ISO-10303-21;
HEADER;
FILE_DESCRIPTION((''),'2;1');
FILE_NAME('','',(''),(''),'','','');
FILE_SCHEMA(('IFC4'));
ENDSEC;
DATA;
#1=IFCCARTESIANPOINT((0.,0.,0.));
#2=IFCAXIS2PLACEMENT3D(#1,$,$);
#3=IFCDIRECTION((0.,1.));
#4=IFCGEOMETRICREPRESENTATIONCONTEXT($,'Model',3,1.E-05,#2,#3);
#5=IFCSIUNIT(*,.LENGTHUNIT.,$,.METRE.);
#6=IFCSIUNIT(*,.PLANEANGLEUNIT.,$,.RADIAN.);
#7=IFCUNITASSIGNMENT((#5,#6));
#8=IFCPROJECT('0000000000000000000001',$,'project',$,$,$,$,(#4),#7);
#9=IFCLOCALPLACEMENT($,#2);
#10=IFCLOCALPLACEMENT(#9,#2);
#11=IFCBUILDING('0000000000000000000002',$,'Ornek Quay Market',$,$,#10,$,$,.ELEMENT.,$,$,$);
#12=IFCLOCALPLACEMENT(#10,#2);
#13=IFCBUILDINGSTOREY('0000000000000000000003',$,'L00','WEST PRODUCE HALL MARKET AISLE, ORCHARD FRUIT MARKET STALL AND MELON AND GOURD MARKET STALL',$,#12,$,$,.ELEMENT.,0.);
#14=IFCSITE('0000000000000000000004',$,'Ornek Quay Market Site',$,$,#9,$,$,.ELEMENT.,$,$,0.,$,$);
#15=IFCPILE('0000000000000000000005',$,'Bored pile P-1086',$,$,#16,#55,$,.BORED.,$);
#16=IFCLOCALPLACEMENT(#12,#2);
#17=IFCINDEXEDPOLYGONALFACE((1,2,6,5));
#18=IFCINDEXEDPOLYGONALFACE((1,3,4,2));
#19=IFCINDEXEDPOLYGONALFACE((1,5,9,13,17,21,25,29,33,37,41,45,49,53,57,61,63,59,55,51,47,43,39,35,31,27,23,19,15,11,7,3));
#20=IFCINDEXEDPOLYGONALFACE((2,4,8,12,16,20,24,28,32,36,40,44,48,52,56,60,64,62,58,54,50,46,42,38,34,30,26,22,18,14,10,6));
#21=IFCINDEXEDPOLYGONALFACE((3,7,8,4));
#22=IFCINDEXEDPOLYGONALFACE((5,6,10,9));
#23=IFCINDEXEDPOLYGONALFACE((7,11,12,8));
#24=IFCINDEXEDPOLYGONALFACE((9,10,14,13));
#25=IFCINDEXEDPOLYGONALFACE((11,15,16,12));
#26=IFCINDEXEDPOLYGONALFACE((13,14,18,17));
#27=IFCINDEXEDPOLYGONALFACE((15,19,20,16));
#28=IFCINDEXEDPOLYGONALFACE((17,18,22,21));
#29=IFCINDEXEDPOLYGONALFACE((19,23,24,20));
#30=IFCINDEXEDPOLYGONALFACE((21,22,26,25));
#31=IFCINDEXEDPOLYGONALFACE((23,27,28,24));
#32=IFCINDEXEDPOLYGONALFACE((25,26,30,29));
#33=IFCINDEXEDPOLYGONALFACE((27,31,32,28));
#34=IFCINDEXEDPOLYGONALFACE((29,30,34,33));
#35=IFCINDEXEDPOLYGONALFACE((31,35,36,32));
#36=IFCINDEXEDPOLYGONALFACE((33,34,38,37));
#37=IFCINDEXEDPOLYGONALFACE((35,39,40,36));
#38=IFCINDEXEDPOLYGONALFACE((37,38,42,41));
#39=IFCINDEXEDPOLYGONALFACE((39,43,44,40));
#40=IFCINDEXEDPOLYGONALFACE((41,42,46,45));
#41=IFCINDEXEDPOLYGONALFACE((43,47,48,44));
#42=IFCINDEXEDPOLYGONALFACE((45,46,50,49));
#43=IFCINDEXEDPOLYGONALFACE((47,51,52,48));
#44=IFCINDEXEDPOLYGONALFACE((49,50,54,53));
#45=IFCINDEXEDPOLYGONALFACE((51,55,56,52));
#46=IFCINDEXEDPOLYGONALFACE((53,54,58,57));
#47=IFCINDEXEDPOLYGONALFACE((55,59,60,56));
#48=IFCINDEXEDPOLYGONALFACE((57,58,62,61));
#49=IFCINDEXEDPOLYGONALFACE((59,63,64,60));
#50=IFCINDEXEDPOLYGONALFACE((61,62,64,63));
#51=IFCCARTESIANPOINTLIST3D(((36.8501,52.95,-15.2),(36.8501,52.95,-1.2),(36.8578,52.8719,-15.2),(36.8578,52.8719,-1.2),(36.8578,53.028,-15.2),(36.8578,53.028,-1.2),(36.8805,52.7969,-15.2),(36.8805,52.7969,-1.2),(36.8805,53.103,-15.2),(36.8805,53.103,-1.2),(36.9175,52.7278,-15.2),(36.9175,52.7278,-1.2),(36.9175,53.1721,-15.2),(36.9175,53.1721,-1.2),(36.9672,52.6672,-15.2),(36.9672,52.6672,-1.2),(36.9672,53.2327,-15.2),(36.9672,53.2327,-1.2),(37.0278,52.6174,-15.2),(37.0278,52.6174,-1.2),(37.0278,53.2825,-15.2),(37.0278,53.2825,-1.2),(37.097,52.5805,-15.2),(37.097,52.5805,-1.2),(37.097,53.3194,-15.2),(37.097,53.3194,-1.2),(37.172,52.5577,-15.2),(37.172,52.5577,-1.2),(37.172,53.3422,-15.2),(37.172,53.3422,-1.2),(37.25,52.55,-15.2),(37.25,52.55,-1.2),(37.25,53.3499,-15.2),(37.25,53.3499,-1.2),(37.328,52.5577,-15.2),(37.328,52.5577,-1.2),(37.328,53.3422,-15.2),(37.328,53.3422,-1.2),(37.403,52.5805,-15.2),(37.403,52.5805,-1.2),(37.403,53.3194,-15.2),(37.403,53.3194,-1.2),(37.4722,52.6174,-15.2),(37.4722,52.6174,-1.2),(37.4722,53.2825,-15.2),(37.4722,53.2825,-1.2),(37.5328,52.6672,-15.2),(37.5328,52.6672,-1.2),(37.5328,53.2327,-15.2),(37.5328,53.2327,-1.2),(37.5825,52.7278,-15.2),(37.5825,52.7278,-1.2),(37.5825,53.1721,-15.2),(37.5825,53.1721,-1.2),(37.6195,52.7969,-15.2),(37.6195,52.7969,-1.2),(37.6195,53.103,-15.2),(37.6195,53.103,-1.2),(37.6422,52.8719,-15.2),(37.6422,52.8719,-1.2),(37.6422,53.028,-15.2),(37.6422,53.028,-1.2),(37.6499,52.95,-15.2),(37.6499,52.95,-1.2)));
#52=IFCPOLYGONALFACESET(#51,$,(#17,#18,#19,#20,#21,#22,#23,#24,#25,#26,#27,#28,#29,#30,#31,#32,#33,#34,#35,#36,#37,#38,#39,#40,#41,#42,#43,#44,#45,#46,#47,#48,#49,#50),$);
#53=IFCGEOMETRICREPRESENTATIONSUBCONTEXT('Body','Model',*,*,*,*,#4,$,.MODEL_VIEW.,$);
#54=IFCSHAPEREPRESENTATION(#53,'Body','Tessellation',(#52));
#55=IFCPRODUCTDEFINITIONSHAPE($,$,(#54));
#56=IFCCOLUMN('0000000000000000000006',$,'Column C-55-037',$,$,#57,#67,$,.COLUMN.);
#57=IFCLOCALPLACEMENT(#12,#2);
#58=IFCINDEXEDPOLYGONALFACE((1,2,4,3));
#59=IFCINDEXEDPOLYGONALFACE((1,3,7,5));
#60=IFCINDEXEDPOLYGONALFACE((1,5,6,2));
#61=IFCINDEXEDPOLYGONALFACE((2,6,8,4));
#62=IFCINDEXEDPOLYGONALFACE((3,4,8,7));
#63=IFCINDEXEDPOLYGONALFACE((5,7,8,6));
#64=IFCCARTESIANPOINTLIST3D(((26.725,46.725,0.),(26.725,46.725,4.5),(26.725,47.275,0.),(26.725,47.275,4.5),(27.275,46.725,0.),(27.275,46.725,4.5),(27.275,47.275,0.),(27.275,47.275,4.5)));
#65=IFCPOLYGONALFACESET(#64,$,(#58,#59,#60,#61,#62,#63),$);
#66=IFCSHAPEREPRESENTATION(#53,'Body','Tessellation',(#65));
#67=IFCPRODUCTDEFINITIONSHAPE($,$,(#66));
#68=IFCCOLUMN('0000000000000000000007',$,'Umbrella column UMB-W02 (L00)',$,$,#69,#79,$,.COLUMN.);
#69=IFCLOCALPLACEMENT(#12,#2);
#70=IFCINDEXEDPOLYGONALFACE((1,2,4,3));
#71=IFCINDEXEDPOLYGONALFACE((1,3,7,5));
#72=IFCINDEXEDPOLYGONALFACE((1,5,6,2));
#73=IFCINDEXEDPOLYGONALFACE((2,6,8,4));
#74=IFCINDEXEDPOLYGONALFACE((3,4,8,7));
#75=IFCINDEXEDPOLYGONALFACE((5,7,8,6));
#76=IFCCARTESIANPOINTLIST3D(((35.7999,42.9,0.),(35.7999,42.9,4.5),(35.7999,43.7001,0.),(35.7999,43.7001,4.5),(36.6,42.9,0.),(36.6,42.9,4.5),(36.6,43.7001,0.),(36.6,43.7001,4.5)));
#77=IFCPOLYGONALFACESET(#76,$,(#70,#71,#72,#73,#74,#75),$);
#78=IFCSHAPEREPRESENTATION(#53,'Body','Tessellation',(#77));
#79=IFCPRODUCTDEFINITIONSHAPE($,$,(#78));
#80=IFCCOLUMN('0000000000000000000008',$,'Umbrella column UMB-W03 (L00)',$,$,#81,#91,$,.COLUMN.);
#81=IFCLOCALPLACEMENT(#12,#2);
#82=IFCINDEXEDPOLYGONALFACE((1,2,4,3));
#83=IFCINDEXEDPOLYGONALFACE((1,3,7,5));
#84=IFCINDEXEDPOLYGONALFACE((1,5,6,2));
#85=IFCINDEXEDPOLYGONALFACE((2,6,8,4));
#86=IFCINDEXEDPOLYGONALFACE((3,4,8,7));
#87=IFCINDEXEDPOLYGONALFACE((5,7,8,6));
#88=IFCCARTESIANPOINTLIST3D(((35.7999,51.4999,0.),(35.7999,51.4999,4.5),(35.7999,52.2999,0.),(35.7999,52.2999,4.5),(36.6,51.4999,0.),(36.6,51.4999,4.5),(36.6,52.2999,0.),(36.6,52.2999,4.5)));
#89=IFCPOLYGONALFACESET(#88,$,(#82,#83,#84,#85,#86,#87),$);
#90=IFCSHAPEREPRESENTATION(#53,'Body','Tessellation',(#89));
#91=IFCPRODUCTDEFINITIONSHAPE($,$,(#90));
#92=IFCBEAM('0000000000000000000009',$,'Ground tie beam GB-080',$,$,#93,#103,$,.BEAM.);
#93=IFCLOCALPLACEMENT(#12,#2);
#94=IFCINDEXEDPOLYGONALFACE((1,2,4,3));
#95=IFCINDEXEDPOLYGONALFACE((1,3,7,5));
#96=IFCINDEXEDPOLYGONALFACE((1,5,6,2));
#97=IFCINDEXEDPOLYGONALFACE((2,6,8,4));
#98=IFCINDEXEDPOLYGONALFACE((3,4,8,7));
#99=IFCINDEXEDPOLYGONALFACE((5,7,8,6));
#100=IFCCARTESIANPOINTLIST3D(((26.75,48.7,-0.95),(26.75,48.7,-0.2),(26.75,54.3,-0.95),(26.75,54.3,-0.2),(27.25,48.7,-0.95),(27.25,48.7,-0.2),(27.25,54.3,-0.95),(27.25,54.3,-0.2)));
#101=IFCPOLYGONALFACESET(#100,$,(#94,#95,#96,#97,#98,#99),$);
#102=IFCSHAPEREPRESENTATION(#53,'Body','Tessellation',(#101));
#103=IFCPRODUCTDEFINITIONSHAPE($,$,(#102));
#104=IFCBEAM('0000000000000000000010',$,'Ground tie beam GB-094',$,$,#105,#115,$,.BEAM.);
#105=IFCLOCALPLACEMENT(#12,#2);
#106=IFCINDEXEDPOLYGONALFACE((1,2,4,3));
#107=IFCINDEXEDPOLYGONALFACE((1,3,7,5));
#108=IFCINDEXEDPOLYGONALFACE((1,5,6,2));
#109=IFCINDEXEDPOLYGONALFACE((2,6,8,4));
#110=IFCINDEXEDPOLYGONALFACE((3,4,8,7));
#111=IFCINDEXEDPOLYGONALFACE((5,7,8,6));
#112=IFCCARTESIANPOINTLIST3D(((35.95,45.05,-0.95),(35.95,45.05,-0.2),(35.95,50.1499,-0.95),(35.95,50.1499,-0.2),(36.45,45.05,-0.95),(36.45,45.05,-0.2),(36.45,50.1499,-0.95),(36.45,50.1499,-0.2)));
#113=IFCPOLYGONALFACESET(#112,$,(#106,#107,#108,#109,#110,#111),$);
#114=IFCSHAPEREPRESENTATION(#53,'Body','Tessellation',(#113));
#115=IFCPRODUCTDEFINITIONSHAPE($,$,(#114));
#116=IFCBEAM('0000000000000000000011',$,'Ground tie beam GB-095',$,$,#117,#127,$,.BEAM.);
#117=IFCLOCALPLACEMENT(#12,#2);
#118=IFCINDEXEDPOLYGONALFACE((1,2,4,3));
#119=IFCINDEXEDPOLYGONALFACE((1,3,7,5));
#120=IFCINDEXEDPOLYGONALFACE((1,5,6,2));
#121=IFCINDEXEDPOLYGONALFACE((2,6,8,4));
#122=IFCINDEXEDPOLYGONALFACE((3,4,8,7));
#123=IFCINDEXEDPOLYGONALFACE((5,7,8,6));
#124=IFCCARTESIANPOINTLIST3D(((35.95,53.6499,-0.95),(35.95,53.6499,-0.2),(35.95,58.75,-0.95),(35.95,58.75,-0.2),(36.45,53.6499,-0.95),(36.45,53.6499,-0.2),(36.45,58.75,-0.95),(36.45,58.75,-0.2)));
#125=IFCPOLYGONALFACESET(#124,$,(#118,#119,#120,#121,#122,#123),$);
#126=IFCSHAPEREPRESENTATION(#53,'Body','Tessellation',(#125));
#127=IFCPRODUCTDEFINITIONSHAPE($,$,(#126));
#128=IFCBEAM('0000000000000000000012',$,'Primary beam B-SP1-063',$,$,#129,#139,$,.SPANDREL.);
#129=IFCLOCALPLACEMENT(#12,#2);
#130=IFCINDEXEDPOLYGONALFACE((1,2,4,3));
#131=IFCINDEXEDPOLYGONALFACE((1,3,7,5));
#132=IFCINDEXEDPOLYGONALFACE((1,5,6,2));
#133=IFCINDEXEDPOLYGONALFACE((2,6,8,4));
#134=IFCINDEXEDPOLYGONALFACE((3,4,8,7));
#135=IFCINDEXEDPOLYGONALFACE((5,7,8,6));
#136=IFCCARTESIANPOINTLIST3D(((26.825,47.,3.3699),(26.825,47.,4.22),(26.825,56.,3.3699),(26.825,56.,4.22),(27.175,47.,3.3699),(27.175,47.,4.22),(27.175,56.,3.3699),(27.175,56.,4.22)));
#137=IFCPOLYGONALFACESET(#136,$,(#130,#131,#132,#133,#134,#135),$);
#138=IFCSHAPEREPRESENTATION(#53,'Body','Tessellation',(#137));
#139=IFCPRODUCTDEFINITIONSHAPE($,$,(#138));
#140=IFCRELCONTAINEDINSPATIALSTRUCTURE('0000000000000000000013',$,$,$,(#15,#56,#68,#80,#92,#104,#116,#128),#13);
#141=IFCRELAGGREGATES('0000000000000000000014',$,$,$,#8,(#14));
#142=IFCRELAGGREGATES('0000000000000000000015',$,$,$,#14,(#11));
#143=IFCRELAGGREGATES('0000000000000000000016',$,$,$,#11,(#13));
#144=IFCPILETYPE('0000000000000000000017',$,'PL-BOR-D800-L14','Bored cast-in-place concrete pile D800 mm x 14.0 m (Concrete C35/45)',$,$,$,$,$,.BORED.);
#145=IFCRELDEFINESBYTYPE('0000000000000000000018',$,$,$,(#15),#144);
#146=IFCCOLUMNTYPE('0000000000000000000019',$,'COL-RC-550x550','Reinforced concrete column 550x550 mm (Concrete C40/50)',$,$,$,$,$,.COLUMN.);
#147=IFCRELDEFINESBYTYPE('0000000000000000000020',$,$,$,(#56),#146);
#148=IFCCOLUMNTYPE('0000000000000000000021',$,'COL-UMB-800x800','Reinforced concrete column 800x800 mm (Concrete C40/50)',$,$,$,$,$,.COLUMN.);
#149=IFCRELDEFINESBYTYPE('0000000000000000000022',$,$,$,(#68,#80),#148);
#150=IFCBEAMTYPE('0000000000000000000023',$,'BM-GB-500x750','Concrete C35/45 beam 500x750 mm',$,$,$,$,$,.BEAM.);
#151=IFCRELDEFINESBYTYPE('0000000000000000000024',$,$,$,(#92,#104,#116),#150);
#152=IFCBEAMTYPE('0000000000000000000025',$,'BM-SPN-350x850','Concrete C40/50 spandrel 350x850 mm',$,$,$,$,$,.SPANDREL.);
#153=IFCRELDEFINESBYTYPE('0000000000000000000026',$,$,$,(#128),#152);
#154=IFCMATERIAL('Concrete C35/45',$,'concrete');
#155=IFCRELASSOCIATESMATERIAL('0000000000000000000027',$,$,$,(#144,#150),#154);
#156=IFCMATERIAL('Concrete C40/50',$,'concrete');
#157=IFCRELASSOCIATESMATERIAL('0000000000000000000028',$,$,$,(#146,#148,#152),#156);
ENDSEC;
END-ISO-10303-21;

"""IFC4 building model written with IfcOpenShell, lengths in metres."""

from ifc_helpers import new_model, si_unit, direction, frame, origin, origin_2d, place, context, subcontext, project, spatial, rectangle, circle, extrude, material, material_profile, profile_set, type_object, element, save


model = new_model("IFC4")

# Units and contexts
model_context = context("Model", 3, precision=1e-05, world=origin(), true_north=direction((0.0, 1.0)))
body_context = subcontext(model_context, "Body", "Model", "MODEL_VIEW")
ifc_project = project(units=[si_unit("LENGTHUNIT", "METRE"), si_unit("PLANEANGLEUNIT", "RADIAN")], contexts=[model_context])

# Site, building, storey
site_placement = place(None, origin())
site = spatial("IfcSite", under=ifc_project, at=site_placement, Name="Ornek Quay Market Site", CompositionType="ELEMENT", RefElevation=0.0)
building_placement = place(site_placement, origin())
building = spatial("IfcBuilding", under=site, at=building_placement, Name="Ornek Quay Market", CompositionType="ELEMENT")
storey_placement = place(building_placement, origin())
storey = spatial("IfcBuildingStorey", under=building, at=storey_placement, Name="L00", Description="WEST PRODUCE HALL MARKET AISLE, ORCHARD FRUIT MARKET STALL AND MELON AND GOURD MARKET STALL", CompositionType="ELEMENT", Elevation=0.0)

# Pile
ifc_material_1 = material(Name="Concrete C35/45", Category="concrete")
ifc_material_profile_1 = material_profile(ifc_material_1, circle(Radius=0.3999, at=origin_2d()), Name="PILE D800", Category="concrete")
ifc_profile_set_1 = profile_set([ifc_material_profile_1], Name="Concrete C35/45")
pile_type_1 = type_object("IfcPileType", Name="PL-BOR-D800-L14", Description="Bored cast-in-place concrete pile D800 mm x 14.0 m (Concrete C35/45)", PredefinedType="BORED", material=ifc_profile_set_1)
for number, where, z_axis, x_axis, name in (
    (1, (37.25, 52.95, -1.2), (0.0, 0.0, -1.0), (1.0, 0.0, 0.0), "Bored pile P-1086"),
):
    element("IfcPile", number, at=place(storey_placement, frame(where, z_axis=z_axis, x_axis=x_axis)), inside=storey, type_object=pile_type_1, Name=name, PredefinedType="BORED", context=body_context, shape_type="SweptSolid", body=[
        extrude(circle(Radius=0.3999, at=origin_2d()), origin(), (0.0, 0.0, 1.0), 14.0),
    ])

# Columns
ifc_material_2 = material(Name="Concrete C40/50", Category="concrete")
ifc_material_profile_2 = material_profile(ifc_material_2, rectangle(XDim=0.55, YDim=0.55, at=origin_2d()), Name="RC 550x550", Category="concrete")
ifc_profile_set_2 = profile_set([ifc_material_profile_2], Name="Concrete C40/50")
column_type_1 = type_object("IfcColumnType", Name="COL-RC-550x550", Description="Reinforced concrete column 550x550 mm (Concrete C40/50)", PredefinedType="COLUMN", material=ifc_profile_set_2)
column_placement = place(storey_placement, frame((27.0, 47.0, 0.0), z_axis=(0.0, 0.0, 1.0), x_axis=(1.0, 0.0, 0.0)))
element("IfcColumn", 2, at=column_placement, inside=storey, type_object=column_type_1, Name="Column C-55-037", PredefinedType="COLUMN", context=body_context, shape_type="SweptSolid", body=[
    extrude(rectangle(XDim=0.55, YDim=0.55, at=origin_2d()), origin(), (0.0, 0.0, 1.0), 4.5),
])
ifc_material_profile_3 = material_profile(ifc_material_2, rectangle(XDim=0.8, YDim=0.8, at=origin_2d()), Name="RC 800x800", Category="concrete")
ifc_profile_set_3 = profile_set([ifc_material_profile_3], Name="Concrete C40/50")
column_type_2 = type_object("IfcColumnType", Name="COL-UMB-800x800", Description="Reinforced concrete column 800x800 mm (Concrete C40/50)", PredefinedType="COLUMN", material=ifc_profile_set_3)
for number, where, z_axis, x_axis, name in (
    (3, (36.2, 43.3, 0.0), (0.0, 0.0, 1.0), (1.0, 0.0, 0.0), "Umbrella column UMB-W02 (L00)"),
    (4, (36.2, 51.8999, 0.0), (0.0, 0.0, 1.0), (1.0, 0.0, 0.0), "Umbrella column UMB-W03 (L00)"),
):
    element("IfcColumn", number, at=place(storey_placement, frame(where, z_axis=z_axis, x_axis=x_axis)), inside=storey, type_object=column_type_2, Name=name, PredefinedType="COLUMN", context=body_context, shape_type="SweptSolid", body=[
        extrude(rectangle(XDim=0.8, YDim=0.8, at=origin_2d()), origin(), (0.0, 0.0, 1.0), 4.5),
    ])

# Beams
ifc_material_profile_4 = material_profile(ifc_material_1, rectangle(XDim=0.5, YDim=0.75, at=origin_2d()), Name="RC 500x750", Category="concrete")
ifc_profile_set_4 = profile_set([ifc_material_profile_4], Name="Concrete C35/45")
beam_type_1 = type_object("IfcBeamType", Name="BM-GB-500x750", Description="Concrete C35/45 beam 500x750 mm", PredefinedType="BEAM", material=ifc_profile_set_4)
beam_1_placement = place(storey_placement, frame((27.0, 48.7, -0.575), z_axis=(0.0, 1.0, 0.0), x_axis=(-1.0, 0.0, 0.0)))
element("IfcBeam", 5, at=beam_1_placement, inside=storey, type_object=beam_type_1, Name="Ground tie beam GB-080", PredefinedType="BEAM", context=body_context, shape_type="SweptSolid", body=[
    extrude(rectangle(XDim=0.5, YDim=0.75, at=origin_2d()), origin(), (0.0, 0.0, 1.0), 5.6001),
])
beam_2_placement = place(storey_placement, frame((36.2, 45.05, -0.575), z_axis=(0.0, 1.0, 0.0), x_axis=(-1.0, 0.0, 0.0)))
element("IfcBeam", 6, at=beam_2_placement, inside=storey, type_object=beam_type_1, Name="Ground tie beam GB-094", PredefinedType="BEAM", context=body_context, shape_type="SweptSolid", body=[
    extrude(rectangle(XDim=0.5, YDim=0.75, at=origin_2d()), origin(), (0.0, 0.0, 1.0), 5.0999),
])
beam_3_placement = place(storey_placement, frame((36.2, 53.6499, -0.575), z_axis=(0.0, 1.0, 0.0), x_axis=(-1.0, 0.0, 0.0)))
element("IfcBeam", 7, at=beam_3_placement, inside=storey, type_object=beam_type_1, Name="Ground tie beam GB-095", PredefinedType="BEAM", context=body_context, shape_type="SweptSolid", body=[
    extrude(rectangle(XDim=0.5, YDim=0.75, at=origin_2d()), origin(), (0.0, 0.0, 1.0), 5.1001),
])
ifc_material_profile_5 = material_profile(ifc_material_2, rectangle(XDim=0.3501, YDim=0.8501, at=origin_2d()), Name="RC 350x850", Category="concrete")
ifc_profile_set_5 = profile_set([ifc_material_profile_5], Name="Concrete C40/50")
beam_type_2 = type_object("IfcBeamType", Name="BM-SPN-350x850", Description="Concrete C40/50 spandrel 350x850 mm", PredefinedType="SPANDREL", material=ifc_profile_set_5)
beam_4_placement = place(storey_placement, frame((27.0, 47.0, 3.7949), z_axis=(0.0, 1.0, 0.0), x_axis=(-1.0, 0.0, 0.0)))
element("IfcBeam", 8, at=beam_4_placement, inside=storey, type_object=beam_type_2, Name="Primary beam B-SP1-063", PredefinedType="SPANDREL", context=body_context, shape_type="SweptSolid", body=[
    extrude(rectangle(XDim=0.3501, YDim=0.8501, at=origin_2d()), origin(), (0.0, 0.0, 1.0), 9.0),
])

save(model, "model.ifc")
